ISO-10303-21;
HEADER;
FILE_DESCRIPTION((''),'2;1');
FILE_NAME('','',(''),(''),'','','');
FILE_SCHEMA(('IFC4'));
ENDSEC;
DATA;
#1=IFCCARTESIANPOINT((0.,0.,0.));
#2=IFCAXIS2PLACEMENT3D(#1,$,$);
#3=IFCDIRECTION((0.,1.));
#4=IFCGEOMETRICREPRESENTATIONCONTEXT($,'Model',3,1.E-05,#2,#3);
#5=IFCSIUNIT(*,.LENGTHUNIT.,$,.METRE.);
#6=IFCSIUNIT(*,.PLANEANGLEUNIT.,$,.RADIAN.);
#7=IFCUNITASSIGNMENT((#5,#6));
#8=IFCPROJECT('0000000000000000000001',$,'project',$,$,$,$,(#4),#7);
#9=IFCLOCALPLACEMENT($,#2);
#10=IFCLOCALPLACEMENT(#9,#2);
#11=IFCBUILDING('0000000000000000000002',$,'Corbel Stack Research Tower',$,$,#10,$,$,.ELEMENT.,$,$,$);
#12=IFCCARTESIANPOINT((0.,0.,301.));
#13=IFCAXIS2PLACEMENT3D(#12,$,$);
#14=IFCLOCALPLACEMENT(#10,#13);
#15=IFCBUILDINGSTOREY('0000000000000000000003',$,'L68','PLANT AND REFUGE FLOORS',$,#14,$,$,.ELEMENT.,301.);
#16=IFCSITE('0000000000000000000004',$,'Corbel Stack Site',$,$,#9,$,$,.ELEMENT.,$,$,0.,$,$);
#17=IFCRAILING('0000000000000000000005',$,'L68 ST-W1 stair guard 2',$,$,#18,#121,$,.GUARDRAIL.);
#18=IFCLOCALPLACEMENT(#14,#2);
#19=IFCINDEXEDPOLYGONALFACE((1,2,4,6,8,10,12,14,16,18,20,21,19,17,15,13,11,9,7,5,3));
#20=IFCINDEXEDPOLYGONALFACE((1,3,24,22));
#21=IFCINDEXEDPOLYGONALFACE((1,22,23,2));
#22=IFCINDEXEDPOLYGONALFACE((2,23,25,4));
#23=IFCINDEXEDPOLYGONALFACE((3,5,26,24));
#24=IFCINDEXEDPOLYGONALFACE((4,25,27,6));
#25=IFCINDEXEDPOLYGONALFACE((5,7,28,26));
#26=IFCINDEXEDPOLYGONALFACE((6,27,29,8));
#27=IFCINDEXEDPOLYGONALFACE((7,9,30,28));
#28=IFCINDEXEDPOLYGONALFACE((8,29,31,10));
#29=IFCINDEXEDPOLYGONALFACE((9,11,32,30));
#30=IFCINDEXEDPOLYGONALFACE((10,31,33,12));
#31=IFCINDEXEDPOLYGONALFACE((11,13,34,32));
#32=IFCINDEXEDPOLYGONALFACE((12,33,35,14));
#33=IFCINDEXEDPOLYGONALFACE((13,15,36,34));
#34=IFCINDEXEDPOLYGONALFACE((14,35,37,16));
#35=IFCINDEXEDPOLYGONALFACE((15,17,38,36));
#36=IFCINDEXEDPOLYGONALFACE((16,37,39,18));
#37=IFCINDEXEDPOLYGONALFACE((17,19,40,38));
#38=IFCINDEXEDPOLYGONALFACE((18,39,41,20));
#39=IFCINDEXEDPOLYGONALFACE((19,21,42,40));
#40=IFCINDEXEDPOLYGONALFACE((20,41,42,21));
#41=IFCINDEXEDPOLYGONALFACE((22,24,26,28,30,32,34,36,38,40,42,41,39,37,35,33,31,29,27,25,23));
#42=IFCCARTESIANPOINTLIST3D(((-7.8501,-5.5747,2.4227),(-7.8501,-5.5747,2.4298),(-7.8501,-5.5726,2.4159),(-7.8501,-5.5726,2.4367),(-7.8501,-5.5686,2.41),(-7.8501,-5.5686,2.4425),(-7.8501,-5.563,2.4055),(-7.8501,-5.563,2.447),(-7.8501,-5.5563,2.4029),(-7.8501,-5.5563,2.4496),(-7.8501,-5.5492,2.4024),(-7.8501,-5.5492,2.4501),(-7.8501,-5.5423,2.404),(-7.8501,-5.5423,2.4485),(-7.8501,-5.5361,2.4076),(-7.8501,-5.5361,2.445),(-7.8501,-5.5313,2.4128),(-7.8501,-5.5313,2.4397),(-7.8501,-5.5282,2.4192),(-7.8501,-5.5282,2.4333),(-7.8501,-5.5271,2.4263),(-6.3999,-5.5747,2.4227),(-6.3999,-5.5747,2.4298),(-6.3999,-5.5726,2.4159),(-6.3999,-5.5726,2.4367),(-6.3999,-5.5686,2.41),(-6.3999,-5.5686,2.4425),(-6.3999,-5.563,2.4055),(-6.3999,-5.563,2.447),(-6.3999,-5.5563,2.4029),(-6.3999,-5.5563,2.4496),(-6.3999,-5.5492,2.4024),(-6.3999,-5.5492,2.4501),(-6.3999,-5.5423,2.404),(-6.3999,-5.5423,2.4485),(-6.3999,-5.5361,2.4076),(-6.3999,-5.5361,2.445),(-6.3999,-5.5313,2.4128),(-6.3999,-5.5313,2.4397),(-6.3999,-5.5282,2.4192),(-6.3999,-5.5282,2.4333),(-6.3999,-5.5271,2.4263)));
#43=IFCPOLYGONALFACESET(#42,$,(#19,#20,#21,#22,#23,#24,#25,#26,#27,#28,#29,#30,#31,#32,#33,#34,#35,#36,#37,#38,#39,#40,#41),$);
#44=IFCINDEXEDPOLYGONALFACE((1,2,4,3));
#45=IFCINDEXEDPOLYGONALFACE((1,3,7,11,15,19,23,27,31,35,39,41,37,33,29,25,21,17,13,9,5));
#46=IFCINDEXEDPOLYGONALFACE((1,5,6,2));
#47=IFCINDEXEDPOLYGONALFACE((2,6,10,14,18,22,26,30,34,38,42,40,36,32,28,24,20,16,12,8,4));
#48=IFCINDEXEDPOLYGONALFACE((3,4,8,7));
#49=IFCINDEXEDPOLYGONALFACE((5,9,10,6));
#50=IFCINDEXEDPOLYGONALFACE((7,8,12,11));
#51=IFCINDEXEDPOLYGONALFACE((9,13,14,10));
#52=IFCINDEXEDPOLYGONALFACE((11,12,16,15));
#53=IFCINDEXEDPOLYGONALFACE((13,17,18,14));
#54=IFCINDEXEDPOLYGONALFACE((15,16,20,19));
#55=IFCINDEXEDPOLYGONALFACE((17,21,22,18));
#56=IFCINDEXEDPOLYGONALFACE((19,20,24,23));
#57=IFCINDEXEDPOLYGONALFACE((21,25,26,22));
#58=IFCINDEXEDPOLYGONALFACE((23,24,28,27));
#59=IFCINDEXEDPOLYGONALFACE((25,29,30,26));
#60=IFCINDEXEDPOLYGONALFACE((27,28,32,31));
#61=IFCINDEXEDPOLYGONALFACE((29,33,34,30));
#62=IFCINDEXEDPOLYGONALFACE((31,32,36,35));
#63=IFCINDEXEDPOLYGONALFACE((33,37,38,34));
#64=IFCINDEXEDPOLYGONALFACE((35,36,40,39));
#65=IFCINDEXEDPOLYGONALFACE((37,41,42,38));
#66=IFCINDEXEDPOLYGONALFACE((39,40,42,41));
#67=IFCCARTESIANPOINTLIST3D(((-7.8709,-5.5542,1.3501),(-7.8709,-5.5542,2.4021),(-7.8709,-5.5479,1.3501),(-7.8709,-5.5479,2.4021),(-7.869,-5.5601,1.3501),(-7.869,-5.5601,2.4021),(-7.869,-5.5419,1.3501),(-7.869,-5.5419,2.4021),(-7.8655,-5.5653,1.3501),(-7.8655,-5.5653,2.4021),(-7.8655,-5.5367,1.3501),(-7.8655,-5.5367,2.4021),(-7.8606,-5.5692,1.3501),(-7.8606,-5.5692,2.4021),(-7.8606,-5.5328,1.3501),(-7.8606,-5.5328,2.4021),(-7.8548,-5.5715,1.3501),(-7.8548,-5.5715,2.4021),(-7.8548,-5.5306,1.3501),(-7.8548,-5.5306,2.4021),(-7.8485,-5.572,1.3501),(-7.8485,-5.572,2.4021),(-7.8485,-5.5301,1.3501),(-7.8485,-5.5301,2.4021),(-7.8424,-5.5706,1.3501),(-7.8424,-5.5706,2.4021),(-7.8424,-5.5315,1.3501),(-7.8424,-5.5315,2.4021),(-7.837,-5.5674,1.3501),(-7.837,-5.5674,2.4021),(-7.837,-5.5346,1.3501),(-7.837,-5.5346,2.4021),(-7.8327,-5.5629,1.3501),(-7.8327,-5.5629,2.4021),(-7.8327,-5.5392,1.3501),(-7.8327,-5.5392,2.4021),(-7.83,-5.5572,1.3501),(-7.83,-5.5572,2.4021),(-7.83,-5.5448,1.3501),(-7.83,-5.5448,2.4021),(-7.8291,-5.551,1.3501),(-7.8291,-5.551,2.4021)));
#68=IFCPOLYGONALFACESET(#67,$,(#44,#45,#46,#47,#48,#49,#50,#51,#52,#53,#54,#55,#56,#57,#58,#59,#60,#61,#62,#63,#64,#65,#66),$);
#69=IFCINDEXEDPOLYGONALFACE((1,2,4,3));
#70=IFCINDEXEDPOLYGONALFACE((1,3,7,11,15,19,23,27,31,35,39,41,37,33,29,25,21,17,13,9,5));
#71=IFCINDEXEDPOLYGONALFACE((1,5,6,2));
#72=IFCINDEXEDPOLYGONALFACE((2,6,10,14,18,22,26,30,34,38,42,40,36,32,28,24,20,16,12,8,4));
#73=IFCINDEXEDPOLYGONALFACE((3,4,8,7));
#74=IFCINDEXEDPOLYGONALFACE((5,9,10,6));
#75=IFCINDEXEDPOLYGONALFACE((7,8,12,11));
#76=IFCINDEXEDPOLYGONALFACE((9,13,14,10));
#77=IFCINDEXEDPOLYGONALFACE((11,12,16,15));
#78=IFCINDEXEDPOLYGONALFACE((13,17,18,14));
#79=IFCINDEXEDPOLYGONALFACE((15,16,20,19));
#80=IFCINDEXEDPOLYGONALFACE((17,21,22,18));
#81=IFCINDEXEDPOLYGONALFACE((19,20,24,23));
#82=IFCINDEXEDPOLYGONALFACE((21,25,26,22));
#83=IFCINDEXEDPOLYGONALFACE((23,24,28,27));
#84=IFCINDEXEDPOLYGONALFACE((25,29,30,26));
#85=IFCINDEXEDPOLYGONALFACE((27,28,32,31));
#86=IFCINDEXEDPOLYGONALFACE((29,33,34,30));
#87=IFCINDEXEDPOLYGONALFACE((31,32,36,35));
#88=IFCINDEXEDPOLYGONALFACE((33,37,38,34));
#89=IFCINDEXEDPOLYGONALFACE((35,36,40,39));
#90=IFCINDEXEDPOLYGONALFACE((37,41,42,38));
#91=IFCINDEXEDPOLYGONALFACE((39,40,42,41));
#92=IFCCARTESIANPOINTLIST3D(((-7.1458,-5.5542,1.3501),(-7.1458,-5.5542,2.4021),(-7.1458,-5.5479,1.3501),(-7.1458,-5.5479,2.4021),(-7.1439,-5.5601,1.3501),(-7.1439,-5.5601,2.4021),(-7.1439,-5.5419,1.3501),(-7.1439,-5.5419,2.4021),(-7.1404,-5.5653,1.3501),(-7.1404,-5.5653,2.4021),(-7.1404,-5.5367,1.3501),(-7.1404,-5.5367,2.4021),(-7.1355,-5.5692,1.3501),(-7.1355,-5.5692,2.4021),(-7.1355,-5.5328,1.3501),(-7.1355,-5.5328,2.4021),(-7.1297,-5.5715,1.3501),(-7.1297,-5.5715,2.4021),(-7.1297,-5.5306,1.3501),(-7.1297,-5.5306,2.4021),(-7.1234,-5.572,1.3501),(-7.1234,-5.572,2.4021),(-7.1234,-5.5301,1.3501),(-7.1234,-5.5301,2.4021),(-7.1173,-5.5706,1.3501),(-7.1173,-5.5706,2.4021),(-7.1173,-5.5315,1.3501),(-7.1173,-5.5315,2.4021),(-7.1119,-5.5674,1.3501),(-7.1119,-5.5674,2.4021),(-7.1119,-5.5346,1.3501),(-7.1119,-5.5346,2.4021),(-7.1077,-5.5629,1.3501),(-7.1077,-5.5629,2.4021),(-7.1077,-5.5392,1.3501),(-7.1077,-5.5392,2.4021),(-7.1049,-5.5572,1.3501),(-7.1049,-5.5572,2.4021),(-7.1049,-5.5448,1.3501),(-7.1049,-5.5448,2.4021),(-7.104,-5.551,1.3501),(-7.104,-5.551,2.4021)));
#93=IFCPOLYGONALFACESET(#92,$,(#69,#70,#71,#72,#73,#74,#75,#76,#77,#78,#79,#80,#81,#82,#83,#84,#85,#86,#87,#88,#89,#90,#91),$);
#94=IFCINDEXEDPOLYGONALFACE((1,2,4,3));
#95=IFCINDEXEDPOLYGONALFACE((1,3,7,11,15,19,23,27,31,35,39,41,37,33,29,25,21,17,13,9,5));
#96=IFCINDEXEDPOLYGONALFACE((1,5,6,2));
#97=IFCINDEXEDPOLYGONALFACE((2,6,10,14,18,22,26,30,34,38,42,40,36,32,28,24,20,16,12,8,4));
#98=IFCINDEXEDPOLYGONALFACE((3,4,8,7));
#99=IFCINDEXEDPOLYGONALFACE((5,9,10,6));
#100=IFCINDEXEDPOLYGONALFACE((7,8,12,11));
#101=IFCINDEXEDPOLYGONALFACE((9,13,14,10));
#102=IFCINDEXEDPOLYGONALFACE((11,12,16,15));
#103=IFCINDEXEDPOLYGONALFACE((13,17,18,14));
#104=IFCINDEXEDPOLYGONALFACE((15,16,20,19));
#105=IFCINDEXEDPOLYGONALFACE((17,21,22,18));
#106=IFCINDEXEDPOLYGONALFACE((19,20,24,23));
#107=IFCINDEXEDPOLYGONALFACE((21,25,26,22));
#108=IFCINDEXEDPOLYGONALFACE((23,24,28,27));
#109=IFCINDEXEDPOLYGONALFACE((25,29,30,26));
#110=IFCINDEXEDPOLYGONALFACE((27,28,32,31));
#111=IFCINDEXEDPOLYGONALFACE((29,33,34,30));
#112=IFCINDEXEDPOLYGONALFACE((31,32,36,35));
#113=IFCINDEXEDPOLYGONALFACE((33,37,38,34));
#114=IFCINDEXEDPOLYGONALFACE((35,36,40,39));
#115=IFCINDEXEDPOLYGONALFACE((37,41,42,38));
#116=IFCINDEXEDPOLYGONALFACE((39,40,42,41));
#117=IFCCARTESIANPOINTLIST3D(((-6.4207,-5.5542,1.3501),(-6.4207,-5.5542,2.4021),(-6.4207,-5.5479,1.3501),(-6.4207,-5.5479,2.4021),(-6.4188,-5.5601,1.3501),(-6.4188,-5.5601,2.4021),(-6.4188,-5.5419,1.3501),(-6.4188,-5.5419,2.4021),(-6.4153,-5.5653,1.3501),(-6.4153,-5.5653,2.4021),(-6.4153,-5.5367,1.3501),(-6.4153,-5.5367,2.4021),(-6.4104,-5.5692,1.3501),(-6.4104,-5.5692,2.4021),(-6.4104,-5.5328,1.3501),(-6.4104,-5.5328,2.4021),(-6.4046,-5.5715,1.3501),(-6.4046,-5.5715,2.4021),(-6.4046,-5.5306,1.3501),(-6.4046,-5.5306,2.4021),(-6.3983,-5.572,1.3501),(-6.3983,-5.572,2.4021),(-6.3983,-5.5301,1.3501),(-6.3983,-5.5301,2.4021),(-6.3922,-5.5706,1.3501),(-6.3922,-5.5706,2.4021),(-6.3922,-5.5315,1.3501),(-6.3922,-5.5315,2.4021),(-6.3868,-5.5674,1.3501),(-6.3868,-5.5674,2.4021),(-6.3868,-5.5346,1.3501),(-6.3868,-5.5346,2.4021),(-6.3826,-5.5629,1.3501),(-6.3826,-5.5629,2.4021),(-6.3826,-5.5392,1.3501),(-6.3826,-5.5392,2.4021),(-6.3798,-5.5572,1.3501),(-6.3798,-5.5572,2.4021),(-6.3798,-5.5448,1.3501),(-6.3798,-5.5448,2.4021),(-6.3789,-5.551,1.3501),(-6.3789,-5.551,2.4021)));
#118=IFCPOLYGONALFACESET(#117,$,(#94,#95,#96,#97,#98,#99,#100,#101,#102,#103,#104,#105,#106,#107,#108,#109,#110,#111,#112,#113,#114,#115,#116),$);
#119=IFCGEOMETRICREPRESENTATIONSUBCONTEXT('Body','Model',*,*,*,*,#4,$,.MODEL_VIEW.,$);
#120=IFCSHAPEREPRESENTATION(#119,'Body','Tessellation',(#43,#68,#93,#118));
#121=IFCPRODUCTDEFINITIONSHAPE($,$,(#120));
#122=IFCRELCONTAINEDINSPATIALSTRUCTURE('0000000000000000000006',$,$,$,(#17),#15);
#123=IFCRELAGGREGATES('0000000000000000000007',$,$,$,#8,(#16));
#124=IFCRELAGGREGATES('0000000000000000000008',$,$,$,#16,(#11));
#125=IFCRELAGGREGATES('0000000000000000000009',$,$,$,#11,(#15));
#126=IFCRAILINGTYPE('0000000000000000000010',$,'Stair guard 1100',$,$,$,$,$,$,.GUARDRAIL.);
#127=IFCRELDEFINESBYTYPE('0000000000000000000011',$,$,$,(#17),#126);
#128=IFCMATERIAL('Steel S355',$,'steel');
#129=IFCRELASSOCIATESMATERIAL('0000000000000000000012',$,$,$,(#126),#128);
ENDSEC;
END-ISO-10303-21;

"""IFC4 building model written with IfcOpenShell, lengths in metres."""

from ifc_helpers import new_model, si_unit, direction, frame, origin, origin_2d, place, context, subcontext, project, spatial, circle, extrude, material, type_object, element, save


model = new_model("IFC4")

# Units and contexts
model_context = context("Model", 3, precision=1e-05, world=origin(), true_north=direction((0.0, 1.0)))
body_context = subcontext(model_context, "Body", "Model", "MODEL_VIEW")
ifc_project = project(units=[si_unit("LENGTHUNIT", "METRE"), si_unit("PLANEANGLEUNIT", "RADIAN")], contexts=[model_context])

# Site, building, storey
site_placement = place(None, origin())
site = spatial("IfcSite", under=ifc_project, at=site_placement, Name="Corbel Stack Site", CompositionType="ELEMENT", RefElevation=0.0)
building_placement = place(site_placement, origin())
building = spatial("IfcBuilding", under=site, at=building_placement, Name="Corbel Stack Research Tower", CompositionType="ELEMENT")
storey_placement = place(building_placement, frame((0.0, 0.0, 301.0)))
storey = spatial("IfcBuildingStorey", under=building, at=storey_placement, Name="L68", Description="PLANT AND REFUGE FLOORS", CompositionType="ELEMENT", Elevation=301.0)

# Railing
ifc_material_1 = material(Name="Steel S355", Category="steel")
railing_type = type_object("IfcRailingType", Name="Stair guard 1100", PredefinedType="GUARDRAIL", material=ifc_material_1)
railing_1_placement = place(storey_placement, frame((-7.8501, -5.551, 1.3501)))
element("IfcRailing", 1, at=railing_1_placement, inside=storey, type_object=railing_type, Name="L68 ST-W1 stair guard 2", PredefinedType="GUARDRAIL", context=body_context, shape_type="SweptSolid", body=[
    extrude(circle(Radius=0.0239, at=origin_2d()), frame((0.0, 0.0, 1.0762), z_axis=(1.0, 0.0, 0.0), x_axis=(0.0, 1.0, 0.0)), (0.0, 0.0, 1.0), 1.4502),
    extrude(circle(Radius=0.021, at=origin_2d()), origin(), (0.0, 0.0, 1.0), 1.052),
    extrude(circle(Radius=0.021, at=origin_2d()), frame((0.7251, 0.0, 0.0)), (0.0, 0.0, 1.0), 1.052),
    extrude(circle(Radius=0.021, at=origin_2d()), frame((1.4502, 0.0, 0.0)), (0.0, 0.0, 1.0), 1.052),
])

save(model, "model.ifc")
